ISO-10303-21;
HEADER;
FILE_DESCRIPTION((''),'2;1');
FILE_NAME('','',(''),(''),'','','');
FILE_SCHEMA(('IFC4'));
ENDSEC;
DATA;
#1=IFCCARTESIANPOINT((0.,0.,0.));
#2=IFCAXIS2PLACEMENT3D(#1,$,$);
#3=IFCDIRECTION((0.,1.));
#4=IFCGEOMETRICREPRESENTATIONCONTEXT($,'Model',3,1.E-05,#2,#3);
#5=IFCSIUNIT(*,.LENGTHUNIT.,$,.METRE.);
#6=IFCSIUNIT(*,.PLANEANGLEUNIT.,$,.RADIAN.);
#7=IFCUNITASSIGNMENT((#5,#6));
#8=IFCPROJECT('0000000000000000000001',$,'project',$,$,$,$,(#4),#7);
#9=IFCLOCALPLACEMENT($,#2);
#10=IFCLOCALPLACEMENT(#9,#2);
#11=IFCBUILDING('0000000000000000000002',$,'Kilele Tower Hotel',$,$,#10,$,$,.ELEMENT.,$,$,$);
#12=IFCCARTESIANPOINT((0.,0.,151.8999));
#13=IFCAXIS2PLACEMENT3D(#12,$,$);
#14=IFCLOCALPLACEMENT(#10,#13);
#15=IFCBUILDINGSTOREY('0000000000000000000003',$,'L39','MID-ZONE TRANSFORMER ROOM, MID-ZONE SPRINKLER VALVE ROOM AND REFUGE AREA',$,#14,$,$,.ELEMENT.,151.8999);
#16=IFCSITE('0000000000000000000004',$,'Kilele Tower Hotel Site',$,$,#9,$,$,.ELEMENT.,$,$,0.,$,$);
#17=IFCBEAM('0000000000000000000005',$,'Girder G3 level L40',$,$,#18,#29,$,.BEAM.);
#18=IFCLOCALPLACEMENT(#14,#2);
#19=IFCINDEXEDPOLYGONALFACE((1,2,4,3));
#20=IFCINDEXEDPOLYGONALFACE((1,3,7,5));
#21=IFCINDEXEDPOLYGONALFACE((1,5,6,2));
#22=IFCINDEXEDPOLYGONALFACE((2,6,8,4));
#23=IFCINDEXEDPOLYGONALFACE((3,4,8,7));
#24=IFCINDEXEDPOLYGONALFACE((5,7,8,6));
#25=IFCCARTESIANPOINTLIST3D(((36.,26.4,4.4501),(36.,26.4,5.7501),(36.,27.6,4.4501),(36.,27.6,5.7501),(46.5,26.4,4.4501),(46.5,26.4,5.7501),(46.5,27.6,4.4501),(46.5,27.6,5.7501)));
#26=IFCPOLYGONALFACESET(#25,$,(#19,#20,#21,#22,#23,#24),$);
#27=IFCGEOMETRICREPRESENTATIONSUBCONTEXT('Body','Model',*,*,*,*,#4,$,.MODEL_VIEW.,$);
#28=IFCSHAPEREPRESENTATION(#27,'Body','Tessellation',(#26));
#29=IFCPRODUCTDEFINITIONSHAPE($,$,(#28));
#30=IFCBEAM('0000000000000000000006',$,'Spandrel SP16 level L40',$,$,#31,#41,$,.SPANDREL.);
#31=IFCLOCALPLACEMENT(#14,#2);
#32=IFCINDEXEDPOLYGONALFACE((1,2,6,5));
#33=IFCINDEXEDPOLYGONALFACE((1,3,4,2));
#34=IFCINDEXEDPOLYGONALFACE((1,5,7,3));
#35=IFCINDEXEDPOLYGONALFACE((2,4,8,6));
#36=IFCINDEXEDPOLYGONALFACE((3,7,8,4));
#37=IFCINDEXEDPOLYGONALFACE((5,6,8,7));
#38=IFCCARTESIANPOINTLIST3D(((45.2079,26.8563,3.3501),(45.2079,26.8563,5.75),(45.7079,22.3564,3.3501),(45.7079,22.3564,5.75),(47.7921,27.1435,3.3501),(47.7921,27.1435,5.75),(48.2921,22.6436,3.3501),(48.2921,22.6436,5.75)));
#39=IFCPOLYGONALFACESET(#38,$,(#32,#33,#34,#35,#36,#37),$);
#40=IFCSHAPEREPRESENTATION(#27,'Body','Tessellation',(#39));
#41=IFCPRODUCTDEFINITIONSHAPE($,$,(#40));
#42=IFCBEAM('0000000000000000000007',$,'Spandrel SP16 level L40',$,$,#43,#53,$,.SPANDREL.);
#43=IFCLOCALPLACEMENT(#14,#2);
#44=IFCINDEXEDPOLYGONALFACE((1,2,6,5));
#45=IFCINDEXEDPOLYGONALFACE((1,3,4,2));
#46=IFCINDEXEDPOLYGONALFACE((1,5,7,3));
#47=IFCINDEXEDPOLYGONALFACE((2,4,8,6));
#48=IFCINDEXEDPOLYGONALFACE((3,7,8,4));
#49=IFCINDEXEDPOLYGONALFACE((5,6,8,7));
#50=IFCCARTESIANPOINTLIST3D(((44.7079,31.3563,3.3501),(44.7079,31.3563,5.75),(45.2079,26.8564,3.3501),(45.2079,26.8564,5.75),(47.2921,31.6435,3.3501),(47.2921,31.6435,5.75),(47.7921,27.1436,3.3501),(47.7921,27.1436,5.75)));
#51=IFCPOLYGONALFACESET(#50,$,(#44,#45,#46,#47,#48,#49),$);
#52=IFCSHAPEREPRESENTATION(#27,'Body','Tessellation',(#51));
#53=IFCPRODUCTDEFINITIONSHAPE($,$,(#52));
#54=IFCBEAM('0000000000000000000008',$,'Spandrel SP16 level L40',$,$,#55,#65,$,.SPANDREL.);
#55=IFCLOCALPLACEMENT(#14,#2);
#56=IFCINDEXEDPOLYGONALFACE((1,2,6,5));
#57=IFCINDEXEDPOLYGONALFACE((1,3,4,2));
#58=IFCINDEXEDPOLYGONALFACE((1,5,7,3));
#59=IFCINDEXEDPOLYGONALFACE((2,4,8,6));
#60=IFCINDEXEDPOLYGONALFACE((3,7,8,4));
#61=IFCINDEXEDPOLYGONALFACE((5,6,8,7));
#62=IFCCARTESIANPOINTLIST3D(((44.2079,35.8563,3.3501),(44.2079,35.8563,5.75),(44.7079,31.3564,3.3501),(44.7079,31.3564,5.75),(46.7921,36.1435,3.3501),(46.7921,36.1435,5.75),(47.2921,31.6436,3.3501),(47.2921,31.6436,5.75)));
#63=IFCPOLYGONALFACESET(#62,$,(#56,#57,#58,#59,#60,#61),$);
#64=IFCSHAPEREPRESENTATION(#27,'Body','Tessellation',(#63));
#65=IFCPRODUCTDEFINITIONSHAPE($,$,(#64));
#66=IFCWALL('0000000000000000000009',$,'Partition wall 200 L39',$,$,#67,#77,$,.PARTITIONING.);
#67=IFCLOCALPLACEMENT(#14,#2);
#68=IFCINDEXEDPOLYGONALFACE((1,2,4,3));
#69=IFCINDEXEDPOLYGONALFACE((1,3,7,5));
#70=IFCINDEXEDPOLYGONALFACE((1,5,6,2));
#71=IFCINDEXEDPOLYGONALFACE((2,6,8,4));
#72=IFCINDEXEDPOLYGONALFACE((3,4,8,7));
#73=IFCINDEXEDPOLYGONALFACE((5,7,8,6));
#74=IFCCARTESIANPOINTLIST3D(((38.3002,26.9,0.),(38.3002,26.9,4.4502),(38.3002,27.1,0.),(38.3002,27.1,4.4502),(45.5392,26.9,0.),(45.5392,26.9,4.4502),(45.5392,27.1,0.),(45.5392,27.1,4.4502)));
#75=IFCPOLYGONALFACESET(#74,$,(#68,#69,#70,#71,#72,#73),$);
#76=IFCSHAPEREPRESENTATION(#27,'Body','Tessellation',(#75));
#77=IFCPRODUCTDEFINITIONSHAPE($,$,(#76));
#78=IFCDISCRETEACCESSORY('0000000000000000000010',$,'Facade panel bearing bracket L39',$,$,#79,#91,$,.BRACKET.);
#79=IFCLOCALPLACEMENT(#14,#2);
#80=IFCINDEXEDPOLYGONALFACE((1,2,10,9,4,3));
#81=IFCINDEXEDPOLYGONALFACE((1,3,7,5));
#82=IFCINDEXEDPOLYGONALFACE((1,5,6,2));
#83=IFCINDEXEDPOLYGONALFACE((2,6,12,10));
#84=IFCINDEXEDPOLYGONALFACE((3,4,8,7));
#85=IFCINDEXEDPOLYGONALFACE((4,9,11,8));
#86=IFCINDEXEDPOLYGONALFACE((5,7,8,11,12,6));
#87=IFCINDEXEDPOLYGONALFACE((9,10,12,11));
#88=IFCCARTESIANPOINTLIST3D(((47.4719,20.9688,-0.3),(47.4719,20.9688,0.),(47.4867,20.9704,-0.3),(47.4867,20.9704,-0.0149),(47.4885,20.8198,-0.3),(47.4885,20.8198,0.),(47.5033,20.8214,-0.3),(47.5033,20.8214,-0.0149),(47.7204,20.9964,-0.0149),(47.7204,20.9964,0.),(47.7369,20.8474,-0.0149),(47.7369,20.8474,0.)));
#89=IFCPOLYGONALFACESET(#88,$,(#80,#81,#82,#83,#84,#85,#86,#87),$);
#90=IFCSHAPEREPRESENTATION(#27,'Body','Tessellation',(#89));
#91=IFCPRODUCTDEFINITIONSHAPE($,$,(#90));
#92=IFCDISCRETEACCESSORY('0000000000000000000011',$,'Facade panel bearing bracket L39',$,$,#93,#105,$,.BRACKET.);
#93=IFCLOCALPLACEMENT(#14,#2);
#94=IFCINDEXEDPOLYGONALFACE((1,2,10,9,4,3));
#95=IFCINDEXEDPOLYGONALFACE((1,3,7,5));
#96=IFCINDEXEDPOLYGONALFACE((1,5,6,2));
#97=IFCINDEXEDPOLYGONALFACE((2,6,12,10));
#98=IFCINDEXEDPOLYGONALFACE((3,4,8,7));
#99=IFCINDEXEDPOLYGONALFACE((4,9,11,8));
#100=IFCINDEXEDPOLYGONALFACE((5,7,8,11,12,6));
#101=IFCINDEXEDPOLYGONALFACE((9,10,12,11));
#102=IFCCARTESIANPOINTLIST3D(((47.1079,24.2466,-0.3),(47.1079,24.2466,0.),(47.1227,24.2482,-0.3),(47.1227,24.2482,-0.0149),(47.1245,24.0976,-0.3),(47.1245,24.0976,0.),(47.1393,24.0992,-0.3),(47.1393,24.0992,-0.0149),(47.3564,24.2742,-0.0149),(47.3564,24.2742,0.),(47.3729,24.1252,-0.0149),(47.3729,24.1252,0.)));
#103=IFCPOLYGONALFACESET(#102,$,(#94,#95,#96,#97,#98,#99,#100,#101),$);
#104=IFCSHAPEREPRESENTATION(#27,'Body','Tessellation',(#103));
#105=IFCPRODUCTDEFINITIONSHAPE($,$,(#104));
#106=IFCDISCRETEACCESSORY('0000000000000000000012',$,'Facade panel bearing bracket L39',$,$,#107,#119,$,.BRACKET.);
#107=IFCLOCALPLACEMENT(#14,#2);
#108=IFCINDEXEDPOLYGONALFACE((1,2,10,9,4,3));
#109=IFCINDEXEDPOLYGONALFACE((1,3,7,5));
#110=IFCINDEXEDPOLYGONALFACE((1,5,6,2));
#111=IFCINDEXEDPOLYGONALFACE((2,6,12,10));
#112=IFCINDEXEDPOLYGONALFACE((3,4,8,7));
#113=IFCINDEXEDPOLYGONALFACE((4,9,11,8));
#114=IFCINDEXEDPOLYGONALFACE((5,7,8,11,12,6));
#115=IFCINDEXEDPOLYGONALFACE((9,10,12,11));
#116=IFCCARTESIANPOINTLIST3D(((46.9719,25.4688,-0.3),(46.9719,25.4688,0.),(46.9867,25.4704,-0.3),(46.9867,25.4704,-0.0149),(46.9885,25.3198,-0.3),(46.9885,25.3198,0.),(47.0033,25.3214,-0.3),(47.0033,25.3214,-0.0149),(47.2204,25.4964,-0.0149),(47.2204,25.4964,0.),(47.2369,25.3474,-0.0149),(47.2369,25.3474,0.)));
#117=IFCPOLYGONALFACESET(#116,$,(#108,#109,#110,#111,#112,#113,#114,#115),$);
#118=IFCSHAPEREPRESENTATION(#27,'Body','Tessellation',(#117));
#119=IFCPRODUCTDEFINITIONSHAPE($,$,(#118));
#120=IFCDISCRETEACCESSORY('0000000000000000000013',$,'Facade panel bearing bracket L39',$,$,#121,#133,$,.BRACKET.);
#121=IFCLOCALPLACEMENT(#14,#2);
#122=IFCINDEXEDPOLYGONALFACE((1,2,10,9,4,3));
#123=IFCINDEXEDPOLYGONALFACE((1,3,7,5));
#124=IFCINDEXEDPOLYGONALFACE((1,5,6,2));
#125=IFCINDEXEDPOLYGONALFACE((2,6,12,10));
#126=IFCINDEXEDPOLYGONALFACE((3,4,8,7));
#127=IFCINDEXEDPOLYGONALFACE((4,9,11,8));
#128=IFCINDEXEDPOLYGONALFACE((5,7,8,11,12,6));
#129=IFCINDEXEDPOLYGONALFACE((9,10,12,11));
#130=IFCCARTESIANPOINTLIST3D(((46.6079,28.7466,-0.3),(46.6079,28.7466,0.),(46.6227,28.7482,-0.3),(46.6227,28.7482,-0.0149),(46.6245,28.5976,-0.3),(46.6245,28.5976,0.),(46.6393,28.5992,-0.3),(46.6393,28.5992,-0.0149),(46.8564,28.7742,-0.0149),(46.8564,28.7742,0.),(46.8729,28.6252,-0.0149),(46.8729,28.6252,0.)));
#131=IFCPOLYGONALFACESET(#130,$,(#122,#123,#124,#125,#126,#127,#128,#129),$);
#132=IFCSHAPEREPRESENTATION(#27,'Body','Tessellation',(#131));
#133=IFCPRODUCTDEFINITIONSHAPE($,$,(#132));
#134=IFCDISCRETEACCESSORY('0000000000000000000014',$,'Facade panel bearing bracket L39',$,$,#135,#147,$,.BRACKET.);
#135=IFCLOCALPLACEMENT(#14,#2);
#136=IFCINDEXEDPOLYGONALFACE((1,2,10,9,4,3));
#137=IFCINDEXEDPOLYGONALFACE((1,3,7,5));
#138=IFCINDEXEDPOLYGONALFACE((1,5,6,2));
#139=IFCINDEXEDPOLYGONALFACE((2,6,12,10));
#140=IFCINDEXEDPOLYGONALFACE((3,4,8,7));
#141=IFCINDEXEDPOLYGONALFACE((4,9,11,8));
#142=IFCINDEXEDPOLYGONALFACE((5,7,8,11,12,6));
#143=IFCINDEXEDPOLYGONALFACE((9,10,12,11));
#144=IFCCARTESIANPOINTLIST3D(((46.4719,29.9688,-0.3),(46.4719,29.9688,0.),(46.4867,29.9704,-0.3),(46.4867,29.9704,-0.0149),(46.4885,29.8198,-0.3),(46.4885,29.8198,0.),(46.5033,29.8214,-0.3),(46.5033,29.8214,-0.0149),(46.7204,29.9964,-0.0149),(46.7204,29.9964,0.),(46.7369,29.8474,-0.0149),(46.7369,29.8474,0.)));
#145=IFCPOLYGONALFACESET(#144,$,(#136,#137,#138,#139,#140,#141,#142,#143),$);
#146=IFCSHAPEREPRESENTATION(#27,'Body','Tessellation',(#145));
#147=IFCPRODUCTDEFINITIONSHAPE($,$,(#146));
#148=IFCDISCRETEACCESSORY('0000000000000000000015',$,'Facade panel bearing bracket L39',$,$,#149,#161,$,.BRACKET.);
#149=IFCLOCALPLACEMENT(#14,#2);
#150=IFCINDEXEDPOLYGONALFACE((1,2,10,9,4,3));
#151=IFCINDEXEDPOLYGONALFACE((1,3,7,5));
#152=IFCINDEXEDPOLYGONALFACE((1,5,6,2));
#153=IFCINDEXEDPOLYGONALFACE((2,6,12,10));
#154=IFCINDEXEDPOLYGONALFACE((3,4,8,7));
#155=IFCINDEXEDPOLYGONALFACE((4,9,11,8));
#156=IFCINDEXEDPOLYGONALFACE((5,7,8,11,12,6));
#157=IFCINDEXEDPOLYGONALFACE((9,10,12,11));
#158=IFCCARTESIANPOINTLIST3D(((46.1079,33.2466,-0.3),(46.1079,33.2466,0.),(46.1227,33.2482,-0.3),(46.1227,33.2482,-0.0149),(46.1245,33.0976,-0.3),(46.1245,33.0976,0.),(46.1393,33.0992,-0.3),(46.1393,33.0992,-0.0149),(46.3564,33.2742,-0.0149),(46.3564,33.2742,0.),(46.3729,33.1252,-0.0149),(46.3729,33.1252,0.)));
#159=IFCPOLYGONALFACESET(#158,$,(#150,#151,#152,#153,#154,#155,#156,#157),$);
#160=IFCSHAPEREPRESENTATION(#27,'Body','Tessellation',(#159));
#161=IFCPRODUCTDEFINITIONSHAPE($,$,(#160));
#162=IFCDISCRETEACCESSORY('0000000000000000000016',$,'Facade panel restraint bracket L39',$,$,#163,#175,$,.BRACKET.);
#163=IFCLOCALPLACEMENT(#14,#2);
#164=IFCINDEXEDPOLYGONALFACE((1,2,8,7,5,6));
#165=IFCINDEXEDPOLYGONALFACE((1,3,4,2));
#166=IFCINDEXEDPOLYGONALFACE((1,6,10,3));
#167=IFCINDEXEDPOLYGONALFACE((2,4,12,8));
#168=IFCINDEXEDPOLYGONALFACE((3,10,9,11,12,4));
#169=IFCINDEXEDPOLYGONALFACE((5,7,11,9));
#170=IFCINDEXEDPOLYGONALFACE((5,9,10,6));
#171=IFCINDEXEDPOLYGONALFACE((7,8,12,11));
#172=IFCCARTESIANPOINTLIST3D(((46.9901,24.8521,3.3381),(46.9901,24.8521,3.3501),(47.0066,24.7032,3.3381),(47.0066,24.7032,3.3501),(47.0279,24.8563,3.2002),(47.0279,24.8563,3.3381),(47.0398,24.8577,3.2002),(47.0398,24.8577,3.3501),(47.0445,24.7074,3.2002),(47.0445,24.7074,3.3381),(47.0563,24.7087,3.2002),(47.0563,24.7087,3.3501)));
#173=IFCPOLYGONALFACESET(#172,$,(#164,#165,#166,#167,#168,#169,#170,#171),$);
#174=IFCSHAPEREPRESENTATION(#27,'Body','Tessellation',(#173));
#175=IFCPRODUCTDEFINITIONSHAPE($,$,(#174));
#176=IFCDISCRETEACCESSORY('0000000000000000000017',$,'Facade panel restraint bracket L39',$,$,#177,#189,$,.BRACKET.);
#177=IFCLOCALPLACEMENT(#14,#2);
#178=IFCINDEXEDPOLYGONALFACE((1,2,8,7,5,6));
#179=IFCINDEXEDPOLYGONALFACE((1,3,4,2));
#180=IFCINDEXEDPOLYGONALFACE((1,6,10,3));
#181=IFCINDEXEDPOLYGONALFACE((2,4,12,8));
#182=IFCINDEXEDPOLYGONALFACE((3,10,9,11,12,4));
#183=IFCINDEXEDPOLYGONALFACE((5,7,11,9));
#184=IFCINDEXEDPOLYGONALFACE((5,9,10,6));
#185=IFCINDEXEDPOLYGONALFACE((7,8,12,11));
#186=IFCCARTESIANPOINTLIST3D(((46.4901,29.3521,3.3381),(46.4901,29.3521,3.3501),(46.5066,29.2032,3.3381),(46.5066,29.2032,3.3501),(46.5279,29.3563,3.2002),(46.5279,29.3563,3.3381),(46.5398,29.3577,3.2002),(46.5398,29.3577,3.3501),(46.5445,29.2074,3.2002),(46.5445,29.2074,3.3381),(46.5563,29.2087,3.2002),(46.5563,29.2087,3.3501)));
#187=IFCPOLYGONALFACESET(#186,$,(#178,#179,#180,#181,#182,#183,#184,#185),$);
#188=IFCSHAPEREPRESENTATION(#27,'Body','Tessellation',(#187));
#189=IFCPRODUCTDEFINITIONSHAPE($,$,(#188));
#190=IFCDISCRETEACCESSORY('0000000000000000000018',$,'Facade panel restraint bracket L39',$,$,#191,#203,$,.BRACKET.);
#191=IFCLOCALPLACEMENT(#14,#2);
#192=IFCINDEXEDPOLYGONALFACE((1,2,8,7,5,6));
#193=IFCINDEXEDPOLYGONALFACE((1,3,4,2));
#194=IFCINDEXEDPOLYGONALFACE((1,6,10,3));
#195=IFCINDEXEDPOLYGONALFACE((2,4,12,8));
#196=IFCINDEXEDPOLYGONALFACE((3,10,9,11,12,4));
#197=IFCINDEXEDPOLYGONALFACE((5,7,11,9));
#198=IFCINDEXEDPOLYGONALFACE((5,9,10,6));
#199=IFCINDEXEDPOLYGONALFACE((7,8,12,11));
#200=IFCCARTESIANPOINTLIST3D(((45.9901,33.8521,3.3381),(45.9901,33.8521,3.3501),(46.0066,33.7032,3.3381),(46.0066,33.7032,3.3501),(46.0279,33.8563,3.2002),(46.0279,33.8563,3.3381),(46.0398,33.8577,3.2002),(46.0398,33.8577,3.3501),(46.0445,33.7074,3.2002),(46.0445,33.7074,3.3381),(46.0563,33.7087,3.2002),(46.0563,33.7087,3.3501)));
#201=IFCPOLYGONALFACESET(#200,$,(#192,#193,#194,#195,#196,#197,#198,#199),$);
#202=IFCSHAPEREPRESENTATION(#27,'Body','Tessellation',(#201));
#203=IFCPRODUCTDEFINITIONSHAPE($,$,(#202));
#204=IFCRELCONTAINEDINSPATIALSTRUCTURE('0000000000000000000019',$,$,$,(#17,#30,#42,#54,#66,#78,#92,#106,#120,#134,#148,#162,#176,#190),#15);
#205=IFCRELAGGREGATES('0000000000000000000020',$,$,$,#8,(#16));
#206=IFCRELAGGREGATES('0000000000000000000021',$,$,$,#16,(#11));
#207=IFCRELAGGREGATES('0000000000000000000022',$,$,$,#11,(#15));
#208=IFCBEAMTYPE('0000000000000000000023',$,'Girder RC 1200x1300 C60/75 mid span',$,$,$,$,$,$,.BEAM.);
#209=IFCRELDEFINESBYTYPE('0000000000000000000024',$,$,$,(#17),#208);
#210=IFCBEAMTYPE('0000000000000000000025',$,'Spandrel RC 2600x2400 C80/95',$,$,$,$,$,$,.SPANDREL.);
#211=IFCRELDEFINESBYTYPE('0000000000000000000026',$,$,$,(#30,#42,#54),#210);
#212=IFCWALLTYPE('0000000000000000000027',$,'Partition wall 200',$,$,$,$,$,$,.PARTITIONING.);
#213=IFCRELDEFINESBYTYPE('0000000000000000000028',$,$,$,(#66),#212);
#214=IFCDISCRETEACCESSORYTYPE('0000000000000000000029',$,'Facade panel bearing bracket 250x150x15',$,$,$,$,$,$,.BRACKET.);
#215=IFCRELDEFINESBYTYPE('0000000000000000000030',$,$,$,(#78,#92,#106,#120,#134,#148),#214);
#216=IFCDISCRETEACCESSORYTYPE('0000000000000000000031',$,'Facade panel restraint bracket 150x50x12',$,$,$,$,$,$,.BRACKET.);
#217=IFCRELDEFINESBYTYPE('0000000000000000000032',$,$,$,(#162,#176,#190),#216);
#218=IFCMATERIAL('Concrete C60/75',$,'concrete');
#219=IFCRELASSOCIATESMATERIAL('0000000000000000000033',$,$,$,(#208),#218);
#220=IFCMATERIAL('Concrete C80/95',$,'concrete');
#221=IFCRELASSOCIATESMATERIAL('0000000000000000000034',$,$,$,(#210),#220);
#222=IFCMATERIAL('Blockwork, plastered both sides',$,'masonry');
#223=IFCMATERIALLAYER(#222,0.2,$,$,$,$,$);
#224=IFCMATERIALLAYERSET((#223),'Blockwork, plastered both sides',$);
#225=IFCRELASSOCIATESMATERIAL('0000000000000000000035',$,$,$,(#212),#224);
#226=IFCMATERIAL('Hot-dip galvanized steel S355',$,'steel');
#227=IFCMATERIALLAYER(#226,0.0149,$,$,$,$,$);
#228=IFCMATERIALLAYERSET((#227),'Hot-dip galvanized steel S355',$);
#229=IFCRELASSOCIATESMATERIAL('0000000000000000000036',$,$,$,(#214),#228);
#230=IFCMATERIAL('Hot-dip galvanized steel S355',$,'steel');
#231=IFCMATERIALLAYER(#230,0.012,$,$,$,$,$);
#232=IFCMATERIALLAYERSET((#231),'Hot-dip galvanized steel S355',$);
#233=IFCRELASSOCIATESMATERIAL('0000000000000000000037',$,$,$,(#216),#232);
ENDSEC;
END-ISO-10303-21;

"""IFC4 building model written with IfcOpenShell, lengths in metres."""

from ifc_helpers import new_model, si_unit, direction, frame, frame_2d, origin, origin_2d, place, context, subcontext, project, spatial, polyline, rectangle, outline, extrude, source, transform, mapped, material, layer, layer_set, material_profile, profile_set, type_object, element, save


model = new_model("IFC4")

# Units and contexts
model_context = context("Model", 3, precision=1e-05, world=origin(), true_north=direction((0.0, 1.0)))
body_context = subcontext(model_context, "Body", "Model", "MODEL_VIEW")
ifc_project = project(units=[si_unit("LENGTHUNIT", "METRE"), si_unit("PLANEANGLEUNIT", "RADIAN")], contexts=[model_context])

# Site, building, storey
site_placement = place(None, origin())
site = spatial("IfcSite", under=ifc_project, at=site_placement, Name="Kilele Tower Hotel Site", CompositionType="ELEMENT", RefElevation=0.0)
building_placement = place(site_placement, origin())
building = spatial("IfcBuilding", under=site, at=building_placement, Name="Kilele Tower Hotel", CompositionType="ELEMENT")
storey_placement = place(building_placement, frame((0.0, 0.0, 151.8999)))
storey = spatial("IfcBuildingStorey", under=building, at=storey_placement, Name="L39", Description="MID-ZONE TRANSFORMER ROOM, MID-ZONE SPRINKLER VALVE ROOM AND REFUGE AREA", CompositionType="ELEMENT", Elevation=151.8999)

# Beams
ifc_material_1 = material(Name="Concrete C60/75", Category="concrete")
ifc_material_profile_1 = material_profile(ifc_material_1, rectangle(XDim=1.2, YDim=1.3, at=origin_2d()))
ifc_profile_set_1 = profile_set([ifc_material_profile_1], Name="Concrete C60/75")
beam_type_1 = type_object("IfcBeamType", Name="Girder RC 1200x1300 C60/75 mid span", PredefinedType="BEAM", material=ifc_profile_set_1)
beam_1_placement = place(storey_placement, frame((46.5, 27.0, 5.1001), z_axis=(-1.0, 0.0, 0.0), x_axis=(0.0, -1.0, 0.0)))
element("IfcBeam", 1, at=beam_1_placement, inside=storey, type_object=beam_type_1, Name="Girder G3 level L40", PredefinedType="BEAM", context=body_context, shape_type="SweptSolid", body=[
    extrude(rectangle(XDim=1.2, YDim=1.3, at=origin_2d()), origin(), (0.0, 0.0, 1.0), 10.5),
])
ifc_material_2 = material(Name="Concrete C80/95", Category="concrete")
ifc_material_profile_2 = material_profile(ifc_material_2, rectangle(XDim=2.6001, YDim=2.3999, at=origin_2d()))
ifc_profile_set_2 = profile_set([ifc_material_profile_2], Name="Concrete C80/95")
beam_type_2 = type_object("IfcBeamType", Name="Spandrel RC 2600x2400 C80/95", PredefinedType="SPANDREL", material=ifc_profile_set_2)
for number, where, z_axis, x_axis, name in (
    (2, (47.0, 22.5, 4.55), (-0.110432, 0.993884, 0.0), (-0.993884, -0.110432, 0.0), "Spandrel SP16 level L40"),
    (3, (46.5, 27.0, 4.55), (-0.110432, 0.993884, 0.0), (-0.993884, -0.110432, 0.0), "Spandrel SP16 level L40"),
    (4, (46.0, 31.5, 4.55), (-0.110432, 0.993884, 0.0), (-0.993884, -0.110432, 0.0), "Spandrel SP16 level L40"),
):
    element("IfcBeam", number, at=place(storey_placement, frame(where, z_axis=z_axis, x_axis=x_axis)), inside=storey, type_object=beam_type_2, Name=name, PredefinedType="SPANDREL", context=body_context, shape_type="SweptSolid", body=[
        extrude(rectangle(XDim=2.6001, YDim=2.3999, at=origin_2d()), origin(), (0.0, 0.0, 1.0), 4.5276),
    ])

# Wall
ifc_material_3 = material(Name="Blockwork, plastered both sides", Category="masonry")
ifc_layer_1 = layer(ifc_material_3, 0.2)
ifc_layer_set_1 = layer_set([ifc_layer_1], Name="Blockwork, plastered both sides")
wall_type = type_object("IfcWallType", Name="Partition wall 200", PredefinedType="PARTITIONING", material=ifc_layer_set_1)
wall_placement = place(storey_placement, frame((38.3, 27.0, 0.0), z_axis=(0.0, 0.0, 1.0), x_axis=(1.0, 0.0, 0.0)))
element("IfcWall", 5, at=wall_placement, inside=storey, type_object=wall_type, Name="Partition wall 200 L39", PredefinedType="PARTITIONING", context=body_context, shape_type="SweptSolid", body=[
    extrude(rectangle(XDim=7.239, YDim=0.2, at=frame_2d((3.6196, 0.0))), origin(), (0.0, 0.0, 1.0), 4.4502),
])

# Discrete accessories
ifc_material_4 = material(Name="Hot-dip galvanized steel S355", Category="steel")
ifc_layer_2 = layer(ifc_material_4, 0.0149)
ifc_layer_set_2 = layer_set([ifc_layer_2], Name="Hot-dip galvanized steel S355")
discrete_accessory_type_1 = type_object("IfcDiscreteAccessoryType", Name="Facade panel bearing bracket 250x150x15", PredefinedType="BRACKET", material=ifc_layer_set_2)
shared_shape_1 = source(origin(), body_context, "Body", "SweptSolid", [
    extrude(outline(polyline([(0.0, 0.0), (0.25, 0.0), (0.25, -0.0149), (0.0149, -0.0149), (0.0149, -0.3), (0.0, -0.3), (0.0, 0.0)])), origin(), (0.0, 0.0, 1.0), 0.1499),
])
for number, where, z_axis, x_axis, name in (
    (6, (47.4719, 20.9688, 0.0), (0.110432, -0.993884, 0.0), (0.993884, 0.110432, 0.0), "Facade panel bearing bracket L39"),
    (7, (47.1079, 24.2466, 0.0), (0.110432, -0.993884, 0.0), (0.993884, 0.110432, 0.0), "Facade panel bearing bracket L39"),
    (8, (46.9719, 25.4688, 0.0), (0.110432, -0.993884, 0.0), (0.993884, 0.110432, 0.0), "Facade panel bearing bracket L39"),
    (9, (46.6079, 28.7466, 0.0), (0.110432, -0.993884, 0.0), (0.993884, 0.110432, 0.0), "Facade panel bearing bracket L39"),
    (10, (46.4719, 29.9688, 0.0), (0.110432, -0.993884, 0.0), (0.993884, 0.110432, 0.0), "Facade panel bearing bracket L39"),
    (11, (46.1079, 33.2466, 0.0), (0.110432, -0.993884, 0.0), (0.993884, 0.110432, 0.0), "Facade panel bearing bracket L39"),
):
    element("IfcDiscreteAccessory", number, at=place(storey_placement, frame(where, z_axis=z_axis, x_axis=x_axis)), inside=storey, type_object=discrete_accessory_type_1, Name=name, PredefinedType="BRACKET", context=body_context, shape_type="MappedRepresentation", body=[
        mapped(shared_shape_1, transform((0.0, 0.0, 0.0))),
    ])
ifc_material_5 = material(Name="Hot-dip galvanized steel S355", Category="steel")
ifc_layer_3 = layer(ifc_material_5, 0.012)
ifc_layer_set_3 = layer_set([ifc_layer_3], Name="Hot-dip galvanized steel S355")
discrete_accessory_type_2 = type_object("IfcDiscreteAccessoryType", Name="Facade panel restraint bracket 150x50x12", PredefinedType="BRACKET", material=ifc_layer_set_3)
shared_shape_2 = source(origin(), body_context, "Body", "SweptSolid", [
    extrude(outline(polyline([(0.0, 0.0), (0.0, -0.1499), (-0.012, -0.1499), (-0.012, -0.012), (-0.05, -0.012), (-0.05, 0.0), (0.0, 0.0)])), origin(), (0.0, 0.0, 1.0), 0.1499),
])
for number, where, z_axis, x_axis, name in (
    (12, (47.0398, 24.8577, 3.3501), (0.110432, -0.993884, 0.0), (0.993884, 0.110432, 0.0), "Facade panel restraint bracket L39"),
    (13, (46.5398, 29.3577, 3.3501), (0.110432, -0.993884, 0.0), (0.993884, 0.110432, 0.0), "Facade panel restraint bracket L39"),
    (14, (46.0398, 33.8577, 3.3501), (0.110432, -0.993884, 0.0), (0.993884, 0.110432, 0.0), "Facade panel restraint bracket L39"),
):
    element("IfcDiscreteAccessory", number, at=place(storey_placement, frame(where, z_axis=z_axis, x_axis=x_axis)), inside=storey, type_object=discrete_accessory_type_2, Name=name, PredefinedType="BRACKET", context=body_context, shape_type="MappedRepresentation", body=[
        mapped(shared_shape_2, transform((0.0, 0.0, 0.0))),
    ])

save(model, "model.ifc")
